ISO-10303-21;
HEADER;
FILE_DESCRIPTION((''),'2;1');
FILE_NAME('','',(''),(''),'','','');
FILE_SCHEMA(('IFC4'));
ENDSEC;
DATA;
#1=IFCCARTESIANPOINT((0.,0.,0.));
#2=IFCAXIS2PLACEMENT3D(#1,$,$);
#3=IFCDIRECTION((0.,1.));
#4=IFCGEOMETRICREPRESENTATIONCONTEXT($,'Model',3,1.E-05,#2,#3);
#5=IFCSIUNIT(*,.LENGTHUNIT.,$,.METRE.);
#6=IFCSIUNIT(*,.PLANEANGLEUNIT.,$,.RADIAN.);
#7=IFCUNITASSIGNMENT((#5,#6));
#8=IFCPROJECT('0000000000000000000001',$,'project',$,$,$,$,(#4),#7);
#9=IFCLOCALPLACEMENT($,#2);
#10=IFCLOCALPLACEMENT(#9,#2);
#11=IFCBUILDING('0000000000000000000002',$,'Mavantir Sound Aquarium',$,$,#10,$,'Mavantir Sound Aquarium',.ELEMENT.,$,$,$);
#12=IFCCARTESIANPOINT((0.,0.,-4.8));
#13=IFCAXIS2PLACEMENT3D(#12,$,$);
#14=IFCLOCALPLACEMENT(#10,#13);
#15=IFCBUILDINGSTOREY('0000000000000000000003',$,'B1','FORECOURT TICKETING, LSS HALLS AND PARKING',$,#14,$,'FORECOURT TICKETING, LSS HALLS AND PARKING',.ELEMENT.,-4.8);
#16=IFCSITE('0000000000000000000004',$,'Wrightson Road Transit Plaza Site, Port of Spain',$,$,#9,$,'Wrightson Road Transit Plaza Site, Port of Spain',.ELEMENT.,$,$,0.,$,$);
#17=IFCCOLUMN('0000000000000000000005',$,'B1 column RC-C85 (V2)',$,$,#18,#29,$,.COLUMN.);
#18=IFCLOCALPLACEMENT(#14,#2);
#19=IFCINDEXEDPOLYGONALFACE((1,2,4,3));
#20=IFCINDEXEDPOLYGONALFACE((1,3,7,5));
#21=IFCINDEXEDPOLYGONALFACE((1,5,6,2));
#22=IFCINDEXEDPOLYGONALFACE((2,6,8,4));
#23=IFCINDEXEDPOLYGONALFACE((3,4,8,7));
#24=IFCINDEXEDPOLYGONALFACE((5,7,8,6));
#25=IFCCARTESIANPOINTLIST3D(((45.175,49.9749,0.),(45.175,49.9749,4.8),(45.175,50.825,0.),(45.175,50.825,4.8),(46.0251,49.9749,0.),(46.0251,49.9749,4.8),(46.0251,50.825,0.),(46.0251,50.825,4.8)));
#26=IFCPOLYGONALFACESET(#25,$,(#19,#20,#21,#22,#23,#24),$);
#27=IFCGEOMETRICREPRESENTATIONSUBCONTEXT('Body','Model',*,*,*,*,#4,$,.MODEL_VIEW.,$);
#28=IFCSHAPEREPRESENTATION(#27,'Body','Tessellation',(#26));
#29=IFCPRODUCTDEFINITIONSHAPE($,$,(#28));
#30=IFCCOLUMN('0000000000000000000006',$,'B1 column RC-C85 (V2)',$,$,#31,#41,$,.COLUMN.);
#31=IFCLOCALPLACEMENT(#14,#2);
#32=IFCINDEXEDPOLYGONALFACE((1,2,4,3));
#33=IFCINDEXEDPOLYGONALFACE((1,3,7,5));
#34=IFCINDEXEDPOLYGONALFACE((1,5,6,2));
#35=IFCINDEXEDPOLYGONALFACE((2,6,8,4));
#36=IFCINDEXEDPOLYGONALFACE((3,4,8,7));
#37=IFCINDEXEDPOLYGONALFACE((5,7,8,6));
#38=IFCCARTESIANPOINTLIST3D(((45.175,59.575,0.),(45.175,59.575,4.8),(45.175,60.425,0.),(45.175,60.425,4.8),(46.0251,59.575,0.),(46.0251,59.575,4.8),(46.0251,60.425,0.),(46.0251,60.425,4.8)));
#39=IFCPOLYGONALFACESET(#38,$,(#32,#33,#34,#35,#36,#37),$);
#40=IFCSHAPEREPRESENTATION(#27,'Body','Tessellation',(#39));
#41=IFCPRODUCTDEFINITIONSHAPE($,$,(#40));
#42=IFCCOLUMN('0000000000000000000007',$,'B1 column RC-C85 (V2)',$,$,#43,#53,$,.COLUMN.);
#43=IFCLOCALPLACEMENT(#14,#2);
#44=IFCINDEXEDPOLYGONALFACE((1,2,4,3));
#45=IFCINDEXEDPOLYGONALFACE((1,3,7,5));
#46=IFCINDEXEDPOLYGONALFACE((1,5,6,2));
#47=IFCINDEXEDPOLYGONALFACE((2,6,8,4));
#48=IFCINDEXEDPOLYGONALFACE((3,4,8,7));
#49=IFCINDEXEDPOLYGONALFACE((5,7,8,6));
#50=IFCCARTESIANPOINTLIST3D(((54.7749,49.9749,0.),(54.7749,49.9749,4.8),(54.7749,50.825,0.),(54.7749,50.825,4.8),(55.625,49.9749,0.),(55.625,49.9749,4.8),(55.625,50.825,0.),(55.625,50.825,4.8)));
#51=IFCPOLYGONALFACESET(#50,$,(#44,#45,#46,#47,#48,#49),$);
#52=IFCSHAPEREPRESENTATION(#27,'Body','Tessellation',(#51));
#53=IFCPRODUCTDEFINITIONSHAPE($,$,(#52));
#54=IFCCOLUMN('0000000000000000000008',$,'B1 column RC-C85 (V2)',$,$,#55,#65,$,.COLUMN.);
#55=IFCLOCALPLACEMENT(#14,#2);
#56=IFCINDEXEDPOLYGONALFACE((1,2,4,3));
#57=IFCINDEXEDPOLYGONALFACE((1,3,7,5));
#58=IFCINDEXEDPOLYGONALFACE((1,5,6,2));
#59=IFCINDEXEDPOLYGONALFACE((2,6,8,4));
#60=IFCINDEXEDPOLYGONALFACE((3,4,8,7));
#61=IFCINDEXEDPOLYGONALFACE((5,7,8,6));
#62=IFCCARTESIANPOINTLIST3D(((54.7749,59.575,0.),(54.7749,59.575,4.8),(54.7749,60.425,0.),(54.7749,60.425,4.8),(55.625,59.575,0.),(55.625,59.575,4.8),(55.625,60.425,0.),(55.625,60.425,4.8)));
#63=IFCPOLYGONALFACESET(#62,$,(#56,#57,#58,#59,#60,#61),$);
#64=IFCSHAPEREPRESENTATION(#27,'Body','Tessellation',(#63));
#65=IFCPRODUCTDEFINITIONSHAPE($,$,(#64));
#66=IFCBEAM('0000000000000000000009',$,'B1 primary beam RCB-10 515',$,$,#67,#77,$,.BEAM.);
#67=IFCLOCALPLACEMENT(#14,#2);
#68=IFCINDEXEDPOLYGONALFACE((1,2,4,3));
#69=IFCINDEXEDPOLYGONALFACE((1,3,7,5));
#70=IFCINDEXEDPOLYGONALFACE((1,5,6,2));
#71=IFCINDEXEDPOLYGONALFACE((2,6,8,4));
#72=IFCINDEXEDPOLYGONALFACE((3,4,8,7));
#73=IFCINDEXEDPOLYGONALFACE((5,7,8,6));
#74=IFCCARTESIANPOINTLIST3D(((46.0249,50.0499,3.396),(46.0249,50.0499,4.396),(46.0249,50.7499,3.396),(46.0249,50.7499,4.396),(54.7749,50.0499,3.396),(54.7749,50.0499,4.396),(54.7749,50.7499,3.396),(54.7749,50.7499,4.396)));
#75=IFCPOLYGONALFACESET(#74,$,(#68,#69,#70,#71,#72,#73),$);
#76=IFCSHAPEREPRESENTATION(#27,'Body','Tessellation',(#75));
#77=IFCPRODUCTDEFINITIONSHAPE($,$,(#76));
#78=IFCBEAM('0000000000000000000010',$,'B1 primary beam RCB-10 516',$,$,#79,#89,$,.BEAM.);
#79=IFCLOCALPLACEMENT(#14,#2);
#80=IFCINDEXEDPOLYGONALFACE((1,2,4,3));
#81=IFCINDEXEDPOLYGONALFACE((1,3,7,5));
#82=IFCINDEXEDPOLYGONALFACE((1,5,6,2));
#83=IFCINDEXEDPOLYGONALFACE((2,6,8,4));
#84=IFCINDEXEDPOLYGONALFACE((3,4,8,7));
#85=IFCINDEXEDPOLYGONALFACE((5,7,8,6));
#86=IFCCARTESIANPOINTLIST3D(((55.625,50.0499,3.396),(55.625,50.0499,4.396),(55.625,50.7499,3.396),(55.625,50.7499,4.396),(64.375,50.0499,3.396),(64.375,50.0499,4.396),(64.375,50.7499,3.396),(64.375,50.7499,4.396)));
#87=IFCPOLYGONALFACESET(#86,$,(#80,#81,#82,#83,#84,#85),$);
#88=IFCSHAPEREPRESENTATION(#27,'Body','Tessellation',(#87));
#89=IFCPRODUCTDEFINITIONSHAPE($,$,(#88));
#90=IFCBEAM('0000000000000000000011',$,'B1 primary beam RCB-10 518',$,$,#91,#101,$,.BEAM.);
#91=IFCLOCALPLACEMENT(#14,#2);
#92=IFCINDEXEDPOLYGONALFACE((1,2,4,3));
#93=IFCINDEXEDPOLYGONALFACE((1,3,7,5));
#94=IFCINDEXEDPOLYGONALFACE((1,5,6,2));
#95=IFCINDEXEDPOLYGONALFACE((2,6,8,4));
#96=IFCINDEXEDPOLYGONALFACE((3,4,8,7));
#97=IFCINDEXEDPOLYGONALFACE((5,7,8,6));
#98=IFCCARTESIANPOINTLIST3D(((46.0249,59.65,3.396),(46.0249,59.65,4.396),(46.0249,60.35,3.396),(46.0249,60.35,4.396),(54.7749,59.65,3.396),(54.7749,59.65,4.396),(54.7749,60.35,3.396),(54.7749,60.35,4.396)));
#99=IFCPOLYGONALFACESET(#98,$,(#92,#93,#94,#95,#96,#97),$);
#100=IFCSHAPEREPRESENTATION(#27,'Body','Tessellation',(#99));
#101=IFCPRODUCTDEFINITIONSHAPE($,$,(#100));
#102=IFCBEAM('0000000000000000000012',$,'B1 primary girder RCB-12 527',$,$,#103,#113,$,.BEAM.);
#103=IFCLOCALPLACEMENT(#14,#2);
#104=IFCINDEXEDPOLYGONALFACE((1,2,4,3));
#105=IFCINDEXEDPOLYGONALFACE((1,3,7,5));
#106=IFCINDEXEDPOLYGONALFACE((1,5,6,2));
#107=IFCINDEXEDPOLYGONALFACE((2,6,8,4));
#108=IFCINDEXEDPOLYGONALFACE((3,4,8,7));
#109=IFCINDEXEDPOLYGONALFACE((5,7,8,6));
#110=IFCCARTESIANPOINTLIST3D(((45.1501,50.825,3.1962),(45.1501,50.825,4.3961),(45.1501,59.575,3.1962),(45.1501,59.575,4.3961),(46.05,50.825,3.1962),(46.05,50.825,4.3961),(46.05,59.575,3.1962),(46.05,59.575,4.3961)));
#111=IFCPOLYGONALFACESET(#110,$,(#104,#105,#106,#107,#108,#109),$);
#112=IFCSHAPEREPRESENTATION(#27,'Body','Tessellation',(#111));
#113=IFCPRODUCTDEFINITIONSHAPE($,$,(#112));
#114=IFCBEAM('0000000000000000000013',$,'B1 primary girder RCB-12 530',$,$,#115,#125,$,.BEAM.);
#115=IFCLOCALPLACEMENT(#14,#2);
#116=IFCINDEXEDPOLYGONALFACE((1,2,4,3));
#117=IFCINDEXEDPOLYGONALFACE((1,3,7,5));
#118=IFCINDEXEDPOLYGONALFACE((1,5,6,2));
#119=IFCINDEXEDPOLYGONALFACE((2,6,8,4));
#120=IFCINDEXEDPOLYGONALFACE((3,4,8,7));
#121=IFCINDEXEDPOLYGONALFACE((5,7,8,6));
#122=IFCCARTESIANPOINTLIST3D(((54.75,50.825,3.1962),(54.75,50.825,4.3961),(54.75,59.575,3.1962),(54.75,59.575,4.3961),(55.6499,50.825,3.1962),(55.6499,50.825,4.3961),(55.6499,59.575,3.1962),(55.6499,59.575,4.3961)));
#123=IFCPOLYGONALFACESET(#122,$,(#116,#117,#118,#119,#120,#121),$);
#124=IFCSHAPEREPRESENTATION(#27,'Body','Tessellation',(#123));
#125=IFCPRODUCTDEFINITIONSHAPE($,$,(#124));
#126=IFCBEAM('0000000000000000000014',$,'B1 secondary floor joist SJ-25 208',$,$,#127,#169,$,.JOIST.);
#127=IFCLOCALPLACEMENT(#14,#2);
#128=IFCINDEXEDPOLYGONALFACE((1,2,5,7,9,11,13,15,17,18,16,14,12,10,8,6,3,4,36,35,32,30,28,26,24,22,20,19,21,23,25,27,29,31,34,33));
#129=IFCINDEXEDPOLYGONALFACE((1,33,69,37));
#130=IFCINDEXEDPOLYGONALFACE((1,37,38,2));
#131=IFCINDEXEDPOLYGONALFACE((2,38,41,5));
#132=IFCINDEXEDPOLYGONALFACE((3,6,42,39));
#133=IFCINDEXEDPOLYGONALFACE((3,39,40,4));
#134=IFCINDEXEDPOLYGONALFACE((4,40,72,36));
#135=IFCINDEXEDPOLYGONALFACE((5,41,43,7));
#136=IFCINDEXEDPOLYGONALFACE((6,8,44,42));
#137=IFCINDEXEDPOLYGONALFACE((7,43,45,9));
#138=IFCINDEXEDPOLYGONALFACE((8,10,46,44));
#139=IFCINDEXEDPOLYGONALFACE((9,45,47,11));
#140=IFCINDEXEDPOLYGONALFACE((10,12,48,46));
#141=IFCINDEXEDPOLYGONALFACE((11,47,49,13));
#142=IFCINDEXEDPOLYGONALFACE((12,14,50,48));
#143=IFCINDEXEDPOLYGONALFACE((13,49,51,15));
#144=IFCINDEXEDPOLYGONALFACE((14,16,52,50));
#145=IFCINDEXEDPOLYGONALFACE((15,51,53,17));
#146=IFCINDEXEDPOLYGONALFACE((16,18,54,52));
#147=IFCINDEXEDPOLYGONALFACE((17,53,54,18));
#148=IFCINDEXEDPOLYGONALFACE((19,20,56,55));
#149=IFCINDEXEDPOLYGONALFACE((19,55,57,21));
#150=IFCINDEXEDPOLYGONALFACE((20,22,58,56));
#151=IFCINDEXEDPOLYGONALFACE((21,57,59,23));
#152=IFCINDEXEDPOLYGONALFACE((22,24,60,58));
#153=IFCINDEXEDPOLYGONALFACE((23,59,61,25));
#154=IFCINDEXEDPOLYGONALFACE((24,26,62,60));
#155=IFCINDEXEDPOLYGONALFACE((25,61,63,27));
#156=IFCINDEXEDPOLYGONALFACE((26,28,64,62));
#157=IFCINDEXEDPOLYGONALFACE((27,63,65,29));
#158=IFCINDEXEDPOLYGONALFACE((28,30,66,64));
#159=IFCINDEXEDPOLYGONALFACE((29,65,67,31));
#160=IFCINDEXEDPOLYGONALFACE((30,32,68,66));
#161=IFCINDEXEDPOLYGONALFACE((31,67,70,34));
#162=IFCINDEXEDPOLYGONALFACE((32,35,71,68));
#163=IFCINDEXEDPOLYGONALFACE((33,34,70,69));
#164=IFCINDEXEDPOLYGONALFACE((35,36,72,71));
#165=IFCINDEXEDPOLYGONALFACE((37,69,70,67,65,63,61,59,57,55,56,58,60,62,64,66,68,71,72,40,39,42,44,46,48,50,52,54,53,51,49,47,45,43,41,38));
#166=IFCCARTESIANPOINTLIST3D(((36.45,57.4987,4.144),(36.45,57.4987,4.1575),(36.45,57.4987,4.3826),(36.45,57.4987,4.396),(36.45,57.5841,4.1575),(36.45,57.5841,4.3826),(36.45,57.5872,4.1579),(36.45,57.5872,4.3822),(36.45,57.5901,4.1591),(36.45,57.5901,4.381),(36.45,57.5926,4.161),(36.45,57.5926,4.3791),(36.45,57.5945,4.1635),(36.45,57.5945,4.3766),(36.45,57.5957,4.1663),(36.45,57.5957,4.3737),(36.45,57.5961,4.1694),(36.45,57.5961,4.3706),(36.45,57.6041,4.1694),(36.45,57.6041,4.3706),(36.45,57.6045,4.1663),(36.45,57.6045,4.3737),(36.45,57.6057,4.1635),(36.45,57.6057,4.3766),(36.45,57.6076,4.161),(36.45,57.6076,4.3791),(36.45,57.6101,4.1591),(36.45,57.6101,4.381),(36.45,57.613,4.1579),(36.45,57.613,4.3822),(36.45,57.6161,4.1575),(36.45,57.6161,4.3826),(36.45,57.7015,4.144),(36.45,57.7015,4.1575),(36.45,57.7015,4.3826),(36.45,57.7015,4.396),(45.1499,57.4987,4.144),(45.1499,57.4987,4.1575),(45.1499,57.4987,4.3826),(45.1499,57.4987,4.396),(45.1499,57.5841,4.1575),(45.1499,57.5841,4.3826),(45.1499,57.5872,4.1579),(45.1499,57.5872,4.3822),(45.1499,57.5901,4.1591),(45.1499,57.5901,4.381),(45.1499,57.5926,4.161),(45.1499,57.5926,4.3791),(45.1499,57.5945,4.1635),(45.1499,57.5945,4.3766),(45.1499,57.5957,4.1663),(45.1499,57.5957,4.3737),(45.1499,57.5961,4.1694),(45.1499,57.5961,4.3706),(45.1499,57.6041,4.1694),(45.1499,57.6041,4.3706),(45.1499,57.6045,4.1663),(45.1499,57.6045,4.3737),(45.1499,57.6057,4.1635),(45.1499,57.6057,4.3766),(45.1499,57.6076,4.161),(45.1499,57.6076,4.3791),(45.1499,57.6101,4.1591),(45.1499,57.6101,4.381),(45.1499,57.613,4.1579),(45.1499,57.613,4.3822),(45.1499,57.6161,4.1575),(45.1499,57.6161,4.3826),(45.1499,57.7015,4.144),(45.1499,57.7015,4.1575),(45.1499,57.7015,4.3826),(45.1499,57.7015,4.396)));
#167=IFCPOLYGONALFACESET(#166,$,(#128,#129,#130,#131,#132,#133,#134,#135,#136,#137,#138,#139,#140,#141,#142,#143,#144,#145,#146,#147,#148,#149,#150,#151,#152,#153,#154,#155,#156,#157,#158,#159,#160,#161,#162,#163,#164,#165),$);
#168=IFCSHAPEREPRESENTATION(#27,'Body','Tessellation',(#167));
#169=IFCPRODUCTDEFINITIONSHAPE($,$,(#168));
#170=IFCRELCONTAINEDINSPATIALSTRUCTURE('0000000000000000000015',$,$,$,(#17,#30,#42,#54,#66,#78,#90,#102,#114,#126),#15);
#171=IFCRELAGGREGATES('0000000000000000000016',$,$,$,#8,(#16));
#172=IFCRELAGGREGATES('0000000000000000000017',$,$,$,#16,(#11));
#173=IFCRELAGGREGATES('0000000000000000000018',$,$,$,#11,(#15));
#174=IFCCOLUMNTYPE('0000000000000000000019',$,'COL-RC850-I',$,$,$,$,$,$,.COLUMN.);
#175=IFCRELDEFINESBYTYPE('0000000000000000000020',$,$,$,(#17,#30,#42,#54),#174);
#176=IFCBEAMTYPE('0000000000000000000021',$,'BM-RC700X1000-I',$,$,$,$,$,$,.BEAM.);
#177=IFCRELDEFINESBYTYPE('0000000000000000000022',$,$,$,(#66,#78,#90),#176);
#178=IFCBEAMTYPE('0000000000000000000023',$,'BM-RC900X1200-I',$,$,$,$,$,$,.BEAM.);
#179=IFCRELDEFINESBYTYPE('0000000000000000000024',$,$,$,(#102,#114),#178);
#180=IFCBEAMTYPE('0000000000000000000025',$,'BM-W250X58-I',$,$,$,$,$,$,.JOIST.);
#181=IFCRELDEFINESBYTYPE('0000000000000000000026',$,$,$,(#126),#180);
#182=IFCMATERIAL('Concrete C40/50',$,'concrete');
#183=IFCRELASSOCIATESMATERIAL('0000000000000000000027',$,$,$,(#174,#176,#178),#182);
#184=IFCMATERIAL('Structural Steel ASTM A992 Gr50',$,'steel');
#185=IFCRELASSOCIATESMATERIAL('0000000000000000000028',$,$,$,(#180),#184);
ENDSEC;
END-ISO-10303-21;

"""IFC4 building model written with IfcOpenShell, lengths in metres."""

from ifc_helpers import new_model, si_unit, direction, frame, origin, origin_2d, place, context, subcontext, project, spatial, rectangle, i_section, extrude, material, material_profile, profile_set, type_object, element, save


model = new_model("IFC4")

# Units and contexts
model_context = context("Model", 3, precision=1e-05, world=origin(), true_north=direction((0.0, 1.0)))
body_context = subcontext(model_context, "Body", "Model", "MODEL_VIEW")
ifc_project = project(units=[si_unit("LENGTHUNIT", "METRE"), si_unit("PLANEANGLEUNIT", "RADIAN")], contexts=[model_context])

# Site, building, storey
site_placement = place(None, origin())
site = spatial("IfcSite", under=ifc_project, at=site_placement, Name="Wrightson Road Transit Plaza Site, Port of Spain", LongName="Wrightson Road Transit Plaza Site, Port of Spain", CompositionType="ELEMENT", RefElevation=0.0)
building_placement = place(site_placement, origin())
building = spatial("IfcBuilding", under=site, at=building_placement, Name="Mavantir Sound Aquarium", LongName="Mavantir Sound Aquarium", CompositionType="ELEMENT")
storey_placement = place(building_placement, frame((0.0, 0.0, -4.8)))
storey = spatial("IfcBuildingStorey", under=building, at=storey_placement, Name="B1", Description="FORECOURT TICKETING, LSS HALLS AND PARKING", LongName="FORECOURT TICKETING, LSS HALLS AND PARKING", CompositionType="ELEMENT", Elevation=-4.8)

# Columns
ifc_material_1 = material(Name="Concrete C40/50", Category="concrete")
ifc_material_profile_1 = material_profile(ifc_material_1, rectangle(XDim=0.8501, YDim=0.8501, at=origin_2d()), Name="RC 850X850")
ifc_profile_set_1 = profile_set([ifc_material_profile_1], Name="Concrete C40/50")
column_type = type_object("IfcColumnType", Name="COL-RC850-I", PredefinedType="COLUMN", material=ifc_profile_set_1)
for number, where, z_axis, x_axis, name in (
    (1, (45.6001, 50.3999, 0.0), (0.0, 0.0, 1.0), (1.0, 0.0, 0.0), "B1 column RC-C85 (V2)"),
    (2, (45.6001, 60.0, 0.0), (0.0, 0.0, 1.0), (1.0, 0.0, 0.0), "B1 column RC-C85 (V2)"),
    (3, (55.2, 50.3999, 0.0), (0.0, 0.0, 1.0), (1.0, 0.0, 0.0), "B1 column RC-C85 (V2)"),
    (4, (55.2, 60.0, 0.0), (0.0, 0.0, 1.0), (1.0, 0.0, 0.0), "B1 column RC-C85 (V2)"),
):
    element("IfcColumn", number, at=place(storey_placement, frame(where, z_axis=z_axis, x_axis=x_axis)), inside=storey, type_object=column_type, Name=name, PredefinedType="COLUMN", context=body_context, shape_type="SweptSolid", body=[
        extrude(rectangle(XDim=0.8501, YDim=0.8501, at=origin_2d()), origin(), (0.0, 0.0, 1.0), 4.8),
    ])

# Beams
ifc_material_profile_2 = material_profile(ifc_material_1, rectangle(XDim=0.7, YDim=1.0, at=origin_2d()), Name="RC 700X1000")
ifc_profile_set_2 = profile_set([ifc_material_profile_2], Name="Concrete C40/50")
beam_type_1 = type_object("IfcBeamType", Name="BM-RC700X1000-I", PredefinedType="BEAM", material=ifc_profile_set_2)
for number, where, z_axis, x_axis, name in (
    (5, (46.0249, 50.3999, 3.896), (1.0, 0.0, 0.0), (0.0, 1.0, 0.0), "B1 primary beam RCB-10 515"),
    (6, (55.625, 50.3999, 3.896), (1.0, 0.0, 0.0), (0.0, 1.0, 0.0), "B1 primary beam RCB-10 516"),
    (7, (46.0249, 60.0, 3.896), (1.0, 0.0, 0.0), (0.0, 1.0, 0.0), "B1 primary beam RCB-10 518"),
):
    element("IfcBeam", number, at=place(storey_placement, frame(where, z_axis=z_axis, x_axis=x_axis)), inside=storey, type_object=beam_type_1, Name=name, PredefinedType="BEAM", context=body_context, shape_type="SweptSolid", body=[
        extrude(rectangle(XDim=0.7, YDim=1.0, at=origin_2d()), origin(), (0.0, 0.0, 1.0), 8.75),
    ])
ifc_material_profile_3 = material_profile(ifc_material_1, rectangle(XDim=0.8999, YDim=1.2, at=origin_2d()), Name="RC 900X1200")
ifc_profile_set_3 = profile_set([ifc_material_profile_3], Name="Concrete C40/50")
beam_type_2 = type_object("IfcBeamType", Name="BM-RC900X1200-I", PredefinedType="BEAM", material=ifc_profile_set_3)
for number, where, z_axis, x_axis, name in (
    (8, (45.6001, 50.825, 3.7961), (0.0, 1.0, 0.0), (-1.0, 0.0, 0.0), "B1 primary girder RCB-12 527"),
    (9, (55.2, 50.825, 3.7961), (0.0, 1.0, 0.0), (-1.0, 0.0, 0.0), "B1 primary girder RCB-12 530"),
):
    element("IfcBeam", number, at=place(storey_placement, frame(where, z_axis=z_axis, x_axis=x_axis)), inside=storey, type_object=beam_type_2, Name=name, PredefinedType="BEAM", context=body_context, shape_type="SweptSolid", body=[
        extrude(rectangle(XDim=0.8999, YDim=1.2, at=origin_2d()), origin(), (0.0, 0.0, 1.0), 8.75),
    ])
ifc_material_2 = material(Name="Structural Steel ASTM A992 Gr50", Category="steel")
ifc_material_profile_4 = material_profile(ifc_material_2, i_section(OverallWidth=0.2029, OverallDepth=0.252, WebThickness=0.0081, FlangeThickness=0.0134, FilletRadius=0.012, at=origin_2d()), Name="W250X58")
ifc_profile_set_4 = profile_set([ifc_material_profile_4], Name="Structural Steel ASTM A992 Gr50")
beam_type_3 = type_object("IfcBeamType", Name="BM-W250X58-I", PredefinedType="JOIST", material=ifc_profile_set_4)
beam_1_placement = place(storey_placement, frame((36.45, 57.6001, 4.27), z_axis=(1.0, 0.0, 0.0), x_axis=(0.0, 1.0, 0.0)))
element("IfcBeam", 10, at=beam_1_placement, inside=storey, type_object=beam_type_3, Name="B1 secondary floor joist SJ-25 208", PredefinedType="JOIST", context=body_context, shape_type="SweptSolid", body=[
    extrude(i_section(OverallWidth=0.2029, OverallDepth=0.252, WebThickness=0.0081, FlangeThickness=0.0134, FilletRadius=0.012, at=origin_2d()), origin(), (0.0, 0.0, 1.0), 8.7),
])

save(model, "model.ifc")
